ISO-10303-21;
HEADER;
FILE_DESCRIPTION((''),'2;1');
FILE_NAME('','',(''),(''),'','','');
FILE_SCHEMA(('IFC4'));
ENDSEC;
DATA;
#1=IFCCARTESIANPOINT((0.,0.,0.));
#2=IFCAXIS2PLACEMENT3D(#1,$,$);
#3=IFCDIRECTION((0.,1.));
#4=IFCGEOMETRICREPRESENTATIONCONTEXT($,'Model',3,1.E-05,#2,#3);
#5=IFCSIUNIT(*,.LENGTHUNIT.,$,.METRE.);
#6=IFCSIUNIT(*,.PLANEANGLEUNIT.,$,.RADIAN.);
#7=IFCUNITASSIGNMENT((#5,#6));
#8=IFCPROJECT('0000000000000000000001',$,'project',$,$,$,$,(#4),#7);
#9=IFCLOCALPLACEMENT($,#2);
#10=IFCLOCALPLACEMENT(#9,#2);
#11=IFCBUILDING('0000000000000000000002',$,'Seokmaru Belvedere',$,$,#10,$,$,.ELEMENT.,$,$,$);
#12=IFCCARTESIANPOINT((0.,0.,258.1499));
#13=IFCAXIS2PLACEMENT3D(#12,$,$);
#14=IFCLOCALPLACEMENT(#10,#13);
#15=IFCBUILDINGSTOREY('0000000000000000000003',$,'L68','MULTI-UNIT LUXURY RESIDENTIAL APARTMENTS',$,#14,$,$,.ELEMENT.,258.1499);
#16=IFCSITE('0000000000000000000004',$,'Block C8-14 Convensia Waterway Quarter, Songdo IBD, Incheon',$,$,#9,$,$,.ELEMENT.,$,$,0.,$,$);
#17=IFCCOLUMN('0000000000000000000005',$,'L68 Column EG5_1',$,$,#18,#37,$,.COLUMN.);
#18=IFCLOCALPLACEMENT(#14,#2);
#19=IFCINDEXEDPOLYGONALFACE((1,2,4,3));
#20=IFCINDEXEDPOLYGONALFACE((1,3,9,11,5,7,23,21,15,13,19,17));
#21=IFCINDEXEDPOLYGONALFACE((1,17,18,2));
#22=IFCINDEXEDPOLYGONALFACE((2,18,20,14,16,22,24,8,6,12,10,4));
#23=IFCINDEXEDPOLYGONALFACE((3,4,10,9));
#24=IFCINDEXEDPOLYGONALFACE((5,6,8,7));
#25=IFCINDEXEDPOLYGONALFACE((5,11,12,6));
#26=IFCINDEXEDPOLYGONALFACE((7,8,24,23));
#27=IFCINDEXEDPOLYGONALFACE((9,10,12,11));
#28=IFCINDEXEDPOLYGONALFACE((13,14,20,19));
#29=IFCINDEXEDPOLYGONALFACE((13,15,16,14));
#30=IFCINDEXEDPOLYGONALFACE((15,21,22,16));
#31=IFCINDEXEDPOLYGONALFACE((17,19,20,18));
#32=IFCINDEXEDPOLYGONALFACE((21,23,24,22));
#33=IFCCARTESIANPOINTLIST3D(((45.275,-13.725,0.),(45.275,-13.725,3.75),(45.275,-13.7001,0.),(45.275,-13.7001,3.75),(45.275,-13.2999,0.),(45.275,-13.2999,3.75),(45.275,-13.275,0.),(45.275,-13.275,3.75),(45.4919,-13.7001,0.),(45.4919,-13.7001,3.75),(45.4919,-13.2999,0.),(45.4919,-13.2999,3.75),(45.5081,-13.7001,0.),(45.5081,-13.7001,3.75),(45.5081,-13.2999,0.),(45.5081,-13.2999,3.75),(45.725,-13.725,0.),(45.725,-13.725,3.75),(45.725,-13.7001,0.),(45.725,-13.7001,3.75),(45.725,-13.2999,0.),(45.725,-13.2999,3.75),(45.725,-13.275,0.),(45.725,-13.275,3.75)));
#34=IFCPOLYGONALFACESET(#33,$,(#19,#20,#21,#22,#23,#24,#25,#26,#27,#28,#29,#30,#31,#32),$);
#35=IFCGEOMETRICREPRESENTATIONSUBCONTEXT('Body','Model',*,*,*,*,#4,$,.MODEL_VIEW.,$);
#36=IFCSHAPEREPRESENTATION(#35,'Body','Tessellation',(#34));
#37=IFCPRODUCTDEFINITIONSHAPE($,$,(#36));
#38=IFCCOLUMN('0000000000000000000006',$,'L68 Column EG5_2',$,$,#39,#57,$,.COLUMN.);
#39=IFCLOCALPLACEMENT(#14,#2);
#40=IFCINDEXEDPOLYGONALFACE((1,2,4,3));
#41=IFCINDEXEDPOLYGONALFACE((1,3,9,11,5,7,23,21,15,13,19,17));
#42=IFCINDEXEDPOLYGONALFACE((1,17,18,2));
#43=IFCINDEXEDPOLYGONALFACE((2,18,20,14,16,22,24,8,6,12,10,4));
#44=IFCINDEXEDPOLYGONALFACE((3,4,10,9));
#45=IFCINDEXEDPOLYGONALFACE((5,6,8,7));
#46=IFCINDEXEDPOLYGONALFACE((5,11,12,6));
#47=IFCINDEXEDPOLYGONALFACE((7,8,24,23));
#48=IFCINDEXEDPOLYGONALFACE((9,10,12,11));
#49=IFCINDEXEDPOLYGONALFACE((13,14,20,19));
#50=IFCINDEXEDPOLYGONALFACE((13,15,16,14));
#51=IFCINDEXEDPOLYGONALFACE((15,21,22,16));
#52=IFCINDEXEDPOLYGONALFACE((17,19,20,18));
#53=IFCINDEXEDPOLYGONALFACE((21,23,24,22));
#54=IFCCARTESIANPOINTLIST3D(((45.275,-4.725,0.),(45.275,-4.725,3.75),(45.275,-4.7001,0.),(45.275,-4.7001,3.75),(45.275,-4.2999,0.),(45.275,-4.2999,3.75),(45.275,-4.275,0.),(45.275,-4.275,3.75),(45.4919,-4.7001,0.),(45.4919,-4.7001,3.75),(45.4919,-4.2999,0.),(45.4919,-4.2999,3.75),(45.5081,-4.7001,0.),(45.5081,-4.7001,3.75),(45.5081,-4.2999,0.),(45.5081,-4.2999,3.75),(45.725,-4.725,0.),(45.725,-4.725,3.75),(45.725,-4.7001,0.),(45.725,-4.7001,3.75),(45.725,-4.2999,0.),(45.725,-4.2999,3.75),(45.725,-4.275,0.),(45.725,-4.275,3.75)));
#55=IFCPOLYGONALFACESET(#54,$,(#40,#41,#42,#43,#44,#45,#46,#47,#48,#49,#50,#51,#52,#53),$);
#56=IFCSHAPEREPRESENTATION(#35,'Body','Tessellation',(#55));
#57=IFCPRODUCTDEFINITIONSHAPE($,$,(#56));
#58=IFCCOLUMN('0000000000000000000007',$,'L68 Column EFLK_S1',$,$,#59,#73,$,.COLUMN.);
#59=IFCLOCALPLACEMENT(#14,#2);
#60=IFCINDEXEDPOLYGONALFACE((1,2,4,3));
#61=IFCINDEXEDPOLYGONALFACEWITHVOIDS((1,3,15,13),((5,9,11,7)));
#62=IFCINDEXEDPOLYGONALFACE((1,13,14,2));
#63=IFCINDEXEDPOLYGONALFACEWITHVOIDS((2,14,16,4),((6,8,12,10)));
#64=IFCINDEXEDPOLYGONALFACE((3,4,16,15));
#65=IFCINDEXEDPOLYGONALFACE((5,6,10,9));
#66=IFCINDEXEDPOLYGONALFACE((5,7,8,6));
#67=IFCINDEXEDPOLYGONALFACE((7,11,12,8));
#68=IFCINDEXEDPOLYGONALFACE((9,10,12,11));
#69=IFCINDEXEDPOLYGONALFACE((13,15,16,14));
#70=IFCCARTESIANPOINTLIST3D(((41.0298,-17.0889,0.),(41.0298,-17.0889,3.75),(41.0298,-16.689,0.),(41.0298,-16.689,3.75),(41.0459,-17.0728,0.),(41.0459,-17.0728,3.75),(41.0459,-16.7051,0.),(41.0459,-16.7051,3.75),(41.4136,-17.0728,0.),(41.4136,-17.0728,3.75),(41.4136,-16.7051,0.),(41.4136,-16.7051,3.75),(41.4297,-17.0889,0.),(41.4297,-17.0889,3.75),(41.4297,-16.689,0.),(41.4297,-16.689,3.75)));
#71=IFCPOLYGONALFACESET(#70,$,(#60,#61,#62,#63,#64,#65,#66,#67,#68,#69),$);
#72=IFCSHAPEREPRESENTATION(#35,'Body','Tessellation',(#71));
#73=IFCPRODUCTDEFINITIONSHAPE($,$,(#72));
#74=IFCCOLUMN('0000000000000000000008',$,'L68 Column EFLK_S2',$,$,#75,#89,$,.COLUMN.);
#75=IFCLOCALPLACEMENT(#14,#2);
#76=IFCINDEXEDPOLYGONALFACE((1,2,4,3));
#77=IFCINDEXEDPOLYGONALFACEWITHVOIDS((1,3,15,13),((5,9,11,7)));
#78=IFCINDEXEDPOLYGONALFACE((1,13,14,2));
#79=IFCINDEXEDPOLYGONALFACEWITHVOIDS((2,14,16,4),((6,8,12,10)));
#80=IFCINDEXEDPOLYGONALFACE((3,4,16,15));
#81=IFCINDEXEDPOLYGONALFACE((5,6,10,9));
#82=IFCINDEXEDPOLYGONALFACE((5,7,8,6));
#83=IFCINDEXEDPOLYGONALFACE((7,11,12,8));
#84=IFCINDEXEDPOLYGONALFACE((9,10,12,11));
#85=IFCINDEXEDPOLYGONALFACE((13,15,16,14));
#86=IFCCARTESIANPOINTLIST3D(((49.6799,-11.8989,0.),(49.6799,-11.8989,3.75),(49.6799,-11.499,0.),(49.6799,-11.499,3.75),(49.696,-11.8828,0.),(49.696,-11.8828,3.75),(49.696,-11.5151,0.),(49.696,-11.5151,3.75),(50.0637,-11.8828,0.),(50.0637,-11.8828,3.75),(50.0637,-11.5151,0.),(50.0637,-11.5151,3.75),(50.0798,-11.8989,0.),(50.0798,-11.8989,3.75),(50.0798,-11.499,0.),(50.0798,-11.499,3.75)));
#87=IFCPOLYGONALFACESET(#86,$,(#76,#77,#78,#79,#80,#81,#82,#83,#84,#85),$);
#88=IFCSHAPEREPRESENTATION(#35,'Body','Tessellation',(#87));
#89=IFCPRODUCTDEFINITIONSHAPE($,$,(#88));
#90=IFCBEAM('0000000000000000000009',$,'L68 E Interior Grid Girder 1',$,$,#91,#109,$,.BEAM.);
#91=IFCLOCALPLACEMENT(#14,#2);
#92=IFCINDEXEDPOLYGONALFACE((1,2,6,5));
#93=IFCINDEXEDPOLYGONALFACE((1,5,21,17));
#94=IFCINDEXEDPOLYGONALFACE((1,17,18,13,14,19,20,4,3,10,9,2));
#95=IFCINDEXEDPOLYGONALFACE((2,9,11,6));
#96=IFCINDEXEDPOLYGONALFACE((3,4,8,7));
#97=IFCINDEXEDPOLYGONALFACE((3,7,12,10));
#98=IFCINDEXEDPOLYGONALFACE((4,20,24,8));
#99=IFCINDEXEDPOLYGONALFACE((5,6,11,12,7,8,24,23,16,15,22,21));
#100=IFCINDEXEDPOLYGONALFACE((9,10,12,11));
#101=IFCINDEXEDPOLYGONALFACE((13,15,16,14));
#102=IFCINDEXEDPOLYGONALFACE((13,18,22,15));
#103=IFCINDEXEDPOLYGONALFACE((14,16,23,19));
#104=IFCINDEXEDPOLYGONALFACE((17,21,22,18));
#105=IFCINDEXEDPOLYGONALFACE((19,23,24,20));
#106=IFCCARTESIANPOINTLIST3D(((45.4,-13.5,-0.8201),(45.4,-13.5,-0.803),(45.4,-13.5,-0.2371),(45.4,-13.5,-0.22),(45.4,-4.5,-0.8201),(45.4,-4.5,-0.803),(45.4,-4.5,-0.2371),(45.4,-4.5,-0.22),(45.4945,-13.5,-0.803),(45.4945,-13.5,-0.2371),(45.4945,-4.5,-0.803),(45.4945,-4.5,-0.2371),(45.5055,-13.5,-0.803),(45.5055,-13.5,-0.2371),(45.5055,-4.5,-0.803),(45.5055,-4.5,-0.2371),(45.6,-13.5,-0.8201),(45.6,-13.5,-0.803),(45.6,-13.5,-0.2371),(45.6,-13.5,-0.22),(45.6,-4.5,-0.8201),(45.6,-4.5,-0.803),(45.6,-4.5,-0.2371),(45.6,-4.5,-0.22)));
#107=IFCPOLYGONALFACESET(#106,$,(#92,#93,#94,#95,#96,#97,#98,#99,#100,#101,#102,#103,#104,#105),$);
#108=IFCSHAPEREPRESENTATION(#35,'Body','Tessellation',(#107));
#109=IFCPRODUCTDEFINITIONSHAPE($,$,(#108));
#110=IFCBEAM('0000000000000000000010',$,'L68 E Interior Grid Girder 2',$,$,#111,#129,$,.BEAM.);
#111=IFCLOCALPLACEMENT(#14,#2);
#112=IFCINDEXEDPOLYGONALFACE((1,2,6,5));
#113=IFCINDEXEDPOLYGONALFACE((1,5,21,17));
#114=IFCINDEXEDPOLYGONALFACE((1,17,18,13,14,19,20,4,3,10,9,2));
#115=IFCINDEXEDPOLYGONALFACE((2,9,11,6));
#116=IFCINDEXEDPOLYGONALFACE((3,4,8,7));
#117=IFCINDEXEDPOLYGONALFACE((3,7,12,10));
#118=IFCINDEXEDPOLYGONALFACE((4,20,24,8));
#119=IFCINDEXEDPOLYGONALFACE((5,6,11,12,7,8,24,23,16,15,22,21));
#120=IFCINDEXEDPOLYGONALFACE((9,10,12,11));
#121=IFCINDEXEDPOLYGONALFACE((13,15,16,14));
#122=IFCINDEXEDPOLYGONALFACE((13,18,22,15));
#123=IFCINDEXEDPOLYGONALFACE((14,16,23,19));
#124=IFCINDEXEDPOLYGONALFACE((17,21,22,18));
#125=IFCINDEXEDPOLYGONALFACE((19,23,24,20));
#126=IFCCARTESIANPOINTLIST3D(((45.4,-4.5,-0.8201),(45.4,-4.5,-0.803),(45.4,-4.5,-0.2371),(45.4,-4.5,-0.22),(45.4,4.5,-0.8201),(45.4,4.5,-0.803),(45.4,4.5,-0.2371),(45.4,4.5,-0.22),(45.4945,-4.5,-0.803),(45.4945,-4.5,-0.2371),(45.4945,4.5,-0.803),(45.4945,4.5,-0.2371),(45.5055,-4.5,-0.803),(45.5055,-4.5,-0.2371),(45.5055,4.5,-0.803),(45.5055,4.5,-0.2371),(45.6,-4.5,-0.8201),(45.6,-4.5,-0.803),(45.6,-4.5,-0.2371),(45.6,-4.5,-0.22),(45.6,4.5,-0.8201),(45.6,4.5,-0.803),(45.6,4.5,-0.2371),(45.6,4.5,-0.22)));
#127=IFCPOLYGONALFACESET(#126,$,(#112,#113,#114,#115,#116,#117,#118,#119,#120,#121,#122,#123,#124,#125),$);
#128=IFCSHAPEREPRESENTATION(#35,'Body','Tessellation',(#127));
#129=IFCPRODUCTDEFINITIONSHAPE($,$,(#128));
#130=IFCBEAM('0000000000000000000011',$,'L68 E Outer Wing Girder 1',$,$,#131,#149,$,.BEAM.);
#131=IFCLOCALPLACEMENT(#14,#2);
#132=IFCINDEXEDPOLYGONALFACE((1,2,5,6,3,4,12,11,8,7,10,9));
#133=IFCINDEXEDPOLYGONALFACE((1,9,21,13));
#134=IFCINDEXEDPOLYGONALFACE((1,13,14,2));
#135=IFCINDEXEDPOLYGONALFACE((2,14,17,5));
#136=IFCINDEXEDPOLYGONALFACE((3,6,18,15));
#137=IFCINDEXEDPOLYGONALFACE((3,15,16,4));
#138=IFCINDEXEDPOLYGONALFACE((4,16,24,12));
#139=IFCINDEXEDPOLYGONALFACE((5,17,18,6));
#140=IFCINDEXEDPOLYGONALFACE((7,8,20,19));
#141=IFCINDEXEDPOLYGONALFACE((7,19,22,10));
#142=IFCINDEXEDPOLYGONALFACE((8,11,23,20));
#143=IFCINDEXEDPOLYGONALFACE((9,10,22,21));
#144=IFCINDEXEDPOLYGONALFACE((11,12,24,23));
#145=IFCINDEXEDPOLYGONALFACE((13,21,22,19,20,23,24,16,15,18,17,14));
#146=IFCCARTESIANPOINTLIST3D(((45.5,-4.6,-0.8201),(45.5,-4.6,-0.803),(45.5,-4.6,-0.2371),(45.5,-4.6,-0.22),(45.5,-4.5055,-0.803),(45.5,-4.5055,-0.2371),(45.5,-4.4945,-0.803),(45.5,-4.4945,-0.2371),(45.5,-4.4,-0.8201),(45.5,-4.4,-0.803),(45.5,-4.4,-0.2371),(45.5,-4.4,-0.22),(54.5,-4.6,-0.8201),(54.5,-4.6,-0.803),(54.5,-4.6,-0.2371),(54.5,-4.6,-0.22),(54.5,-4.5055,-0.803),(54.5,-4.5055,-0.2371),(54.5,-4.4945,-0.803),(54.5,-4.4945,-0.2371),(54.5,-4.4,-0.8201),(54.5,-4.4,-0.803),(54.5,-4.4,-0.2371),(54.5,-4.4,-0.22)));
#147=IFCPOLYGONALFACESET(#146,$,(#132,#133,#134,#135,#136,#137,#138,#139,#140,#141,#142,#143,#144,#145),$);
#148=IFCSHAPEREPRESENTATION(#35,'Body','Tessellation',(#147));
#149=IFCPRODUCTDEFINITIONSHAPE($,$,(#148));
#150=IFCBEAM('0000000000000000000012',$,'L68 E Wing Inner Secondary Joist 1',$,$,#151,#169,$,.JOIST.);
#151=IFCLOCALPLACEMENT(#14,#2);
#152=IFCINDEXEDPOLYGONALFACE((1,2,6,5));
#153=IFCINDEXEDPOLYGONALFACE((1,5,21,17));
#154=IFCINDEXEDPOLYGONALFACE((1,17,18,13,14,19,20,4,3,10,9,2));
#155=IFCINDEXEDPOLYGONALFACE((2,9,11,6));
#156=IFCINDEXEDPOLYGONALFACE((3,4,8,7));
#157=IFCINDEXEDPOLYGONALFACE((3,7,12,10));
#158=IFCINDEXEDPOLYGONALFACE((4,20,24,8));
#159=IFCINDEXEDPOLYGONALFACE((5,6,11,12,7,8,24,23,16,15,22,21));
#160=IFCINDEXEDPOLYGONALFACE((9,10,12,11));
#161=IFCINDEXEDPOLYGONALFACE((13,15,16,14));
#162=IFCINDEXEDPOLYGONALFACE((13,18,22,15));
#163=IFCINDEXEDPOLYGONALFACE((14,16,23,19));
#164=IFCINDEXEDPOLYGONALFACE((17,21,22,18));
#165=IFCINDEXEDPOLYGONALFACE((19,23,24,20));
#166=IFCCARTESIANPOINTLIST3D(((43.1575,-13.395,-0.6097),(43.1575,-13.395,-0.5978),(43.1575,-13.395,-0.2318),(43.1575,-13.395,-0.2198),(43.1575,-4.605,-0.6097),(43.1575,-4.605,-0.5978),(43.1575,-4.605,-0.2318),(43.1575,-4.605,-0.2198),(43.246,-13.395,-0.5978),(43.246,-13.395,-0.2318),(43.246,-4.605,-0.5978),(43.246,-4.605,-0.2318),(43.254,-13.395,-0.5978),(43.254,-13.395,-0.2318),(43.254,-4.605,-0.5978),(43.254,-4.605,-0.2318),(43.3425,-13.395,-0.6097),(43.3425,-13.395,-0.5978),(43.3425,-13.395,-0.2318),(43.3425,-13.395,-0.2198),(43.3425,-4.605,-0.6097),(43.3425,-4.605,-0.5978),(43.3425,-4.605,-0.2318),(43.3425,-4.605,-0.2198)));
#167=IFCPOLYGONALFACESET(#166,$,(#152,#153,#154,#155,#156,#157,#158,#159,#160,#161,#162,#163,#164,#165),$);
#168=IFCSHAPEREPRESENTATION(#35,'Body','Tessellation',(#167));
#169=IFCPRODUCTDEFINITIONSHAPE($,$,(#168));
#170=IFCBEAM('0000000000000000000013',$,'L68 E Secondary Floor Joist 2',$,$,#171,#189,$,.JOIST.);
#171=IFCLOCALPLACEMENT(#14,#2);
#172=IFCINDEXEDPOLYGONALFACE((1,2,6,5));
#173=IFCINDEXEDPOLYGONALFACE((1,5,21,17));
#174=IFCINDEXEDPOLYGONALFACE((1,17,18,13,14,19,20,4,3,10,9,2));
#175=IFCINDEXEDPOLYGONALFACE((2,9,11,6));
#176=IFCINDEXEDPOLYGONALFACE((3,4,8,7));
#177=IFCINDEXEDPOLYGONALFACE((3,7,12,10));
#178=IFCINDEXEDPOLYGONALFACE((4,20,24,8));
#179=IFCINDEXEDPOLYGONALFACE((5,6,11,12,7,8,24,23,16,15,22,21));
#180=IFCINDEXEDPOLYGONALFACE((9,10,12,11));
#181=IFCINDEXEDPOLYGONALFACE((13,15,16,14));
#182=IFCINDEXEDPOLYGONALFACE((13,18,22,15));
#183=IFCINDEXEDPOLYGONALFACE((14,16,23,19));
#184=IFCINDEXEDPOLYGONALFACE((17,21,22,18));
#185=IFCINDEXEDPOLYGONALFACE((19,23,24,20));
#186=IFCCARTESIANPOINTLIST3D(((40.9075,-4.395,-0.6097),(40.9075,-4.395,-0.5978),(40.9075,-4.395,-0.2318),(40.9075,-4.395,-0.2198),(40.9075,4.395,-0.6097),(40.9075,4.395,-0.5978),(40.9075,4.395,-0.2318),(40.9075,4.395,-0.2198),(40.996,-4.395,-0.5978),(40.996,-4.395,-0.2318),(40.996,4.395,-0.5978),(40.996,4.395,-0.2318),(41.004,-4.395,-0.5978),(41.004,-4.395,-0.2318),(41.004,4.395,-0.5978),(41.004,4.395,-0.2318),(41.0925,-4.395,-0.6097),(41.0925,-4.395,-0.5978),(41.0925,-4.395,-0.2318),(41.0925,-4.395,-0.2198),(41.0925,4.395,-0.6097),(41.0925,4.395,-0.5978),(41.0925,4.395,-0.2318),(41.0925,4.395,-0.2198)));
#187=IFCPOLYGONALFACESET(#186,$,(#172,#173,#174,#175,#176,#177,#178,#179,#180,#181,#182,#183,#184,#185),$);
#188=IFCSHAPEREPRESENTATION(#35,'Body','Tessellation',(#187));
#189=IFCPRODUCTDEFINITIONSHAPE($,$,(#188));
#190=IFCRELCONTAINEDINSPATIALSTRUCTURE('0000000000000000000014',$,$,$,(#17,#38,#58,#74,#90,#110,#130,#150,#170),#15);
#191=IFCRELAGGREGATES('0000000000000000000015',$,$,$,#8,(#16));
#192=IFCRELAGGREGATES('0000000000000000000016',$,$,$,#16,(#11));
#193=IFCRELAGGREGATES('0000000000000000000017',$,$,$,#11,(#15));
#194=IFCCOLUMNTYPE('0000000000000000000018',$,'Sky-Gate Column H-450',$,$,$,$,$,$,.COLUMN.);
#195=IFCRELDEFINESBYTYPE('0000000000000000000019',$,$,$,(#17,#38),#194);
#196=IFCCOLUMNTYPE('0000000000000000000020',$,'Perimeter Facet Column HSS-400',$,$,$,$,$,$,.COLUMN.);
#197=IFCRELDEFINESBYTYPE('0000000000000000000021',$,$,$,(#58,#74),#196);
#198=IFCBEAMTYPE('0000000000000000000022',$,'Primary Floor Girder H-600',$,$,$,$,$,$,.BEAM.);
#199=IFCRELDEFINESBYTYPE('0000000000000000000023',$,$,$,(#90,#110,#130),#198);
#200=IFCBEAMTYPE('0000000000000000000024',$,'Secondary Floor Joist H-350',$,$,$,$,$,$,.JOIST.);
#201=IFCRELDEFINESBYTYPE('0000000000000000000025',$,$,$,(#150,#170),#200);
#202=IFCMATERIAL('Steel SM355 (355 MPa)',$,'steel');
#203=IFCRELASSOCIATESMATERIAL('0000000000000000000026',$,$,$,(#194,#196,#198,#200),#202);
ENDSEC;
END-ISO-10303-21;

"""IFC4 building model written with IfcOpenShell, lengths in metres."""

from ifc_helpers import new_model, si_unit, direction, frame, origin, origin_2d, place, context, subcontext, project, spatial, hollow_rectangle, i_section, extrude, source, transform, mapped, material, material_profile, profile_set, type_object, type_shapes, element, save


model = new_model("IFC4")

# Units and contexts
model_context = context("Model", 3, precision=1e-05, world=origin(), true_north=direction((0.0, 1.0)))
body_context = subcontext(model_context, "Body", "Model", "MODEL_VIEW")
ifc_project = project(units=[si_unit("LENGTHUNIT", "METRE"), si_unit("PLANEANGLEUNIT", "RADIAN")], contexts=[model_context])

# Site, building, storey
site_placement = place(None, origin())
site = spatial("IfcSite", under=ifc_project, at=site_placement, Name="Block C8-14 Convensia Waterway Quarter, Songdo IBD, Incheon", CompositionType="ELEMENT", RefElevation=0.0)
building_placement = place(site_placement, origin())
building = spatial("IfcBuilding", under=site, at=building_placement, Name="Seokmaru Belvedere", CompositionType="ELEMENT")
storey_placement = place(building_placement, frame((0.0, 0.0, 258.1499)))
storey = spatial("IfcBuildingStorey", under=building, at=storey_placement, Name="L68", Description="MULTI-UNIT LUXURY RESIDENTIAL APARTMENTS", CompositionType="ELEMENT", Elevation=258.1499)

# Columns
ifc_material_1 = material(Name="Steel SM355 (355 MPa)", Category="steel")
ifc_material_profile_1 = material_profile(ifc_material_1, i_section(OverallWidth=0.45, OverallDepth=0.45, WebThickness=0.0161, FlangeThickness=0.0249, at=origin_2d()), Name="H-450x450x16x25")
ifc_profile_set_1 = profile_set([ifc_material_profile_1], Name="Steel SM355 (355 MPa)")
column_type_1 = type_object("IfcColumnType", Name="Sky-Gate Column H-450", PredefinedType="COLUMN", material=ifc_profile_set_1)
shared_shape_1 = source(origin(), body_context, "Body", "SweptSolid", [
    extrude(i_section(OverallWidth=0.45, OverallDepth=0.45, WebThickness=0.0161, FlangeThickness=0.0249, at=origin_2d()), origin(), (0.0, 0.0, 1.0), 3.75),
])
type_shapes(column_type_1, [shared_shape_1])
for number, where, z_axis, x_axis, name in (
    (1, (45.5, -13.5, 0.0), (0.0, 0.0, 1.0), (1.0, 0.0, 0.0), "L68 Column EG5_1"),
    (2, (45.5, -4.5, 0.0), (0.0, 0.0, 1.0), (1.0, 0.0, 0.0), "L68 Column EG5_2"),
):
    element("IfcColumn", number, at=place(storey_placement, frame(where, z_axis=z_axis, x_axis=x_axis)), inside=storey, type_object=column_type_1, Name=name, PredefinedType="COLUMN", context=body_context, shape_type="MappedRepresentation", body=[
        mapped(shared_shape_1, transform((0.0, 0.0, 0.0), scale=1.0)),
    ])
ifc_material_profile_2 = material_profile(ifc_material_1, hollow_rectangle(XDim=0.3999, YDim=0.3999, WallThickness=0.0161, at=origin_2d()), Name="HSS-400x400x16")
ifc_profile_set_2 = profile_set([ifc_material_profile_2], Name="Steel SM355 (355 MPa)")
column_type_2 = type_object("IfcColumnType", Name="Perimeter Facet Column HSS-400", PredefinedType="COLUMN", material=ifc_profile_set_2)
shared_shape_2 = source(origin(), body_context, "Body", "SweptSolid", [
    extrude(hollow_rectangle(XDim=0.3999, YDim=0.3999, WallThickness=0.0161, at=origin_2d()), origin(), (0.0, 0.0, 1.0), 3.75),
])
type_shapes(column_type_2, [shared_shape_2])
for number, where, z_axis, x_axis, name in (
    (3, (41.2297, -16.8889, 0.0), (0.0, 0.0, 1.0), (1.0, 0.0, 0.0), "L68 Column EFLK_S1"),
    (4, (49.8799, -11.699, 0.0), (0.0, 0.0, 1.0), (1.0, 0.0, 0.0), "L68 Column EFLK_S2"),
):
    element("IfcColumn", number, at=place(storey_placement, frame(where, z_axis=z_axis, x_axis=x_axis)), inside=storey, type_object=column_type_2, Name=name, PredefinedType="COLUMN", context=body_context, shape_type="MappedRepresentation", body=[
        mapped(shared_shape_2, transform((0.0, 0.0, 0.0), scale=1.0)),
    ])

# Beams
ifc_material_profile_3 = material_profile(ifc_material_1, i_section(OverallWidth=0.2, OverallDepth=0.6001, WebThickness=0.011, FlangeThickness=0.0171, at=origin_2d()), Name="H-600x200x11x17")
ifc_profile_set_3 = profile_set([ifc_material_profile_3], Name="Steel SM355 (355 MPa)")
beam_type_1 = type_object("IfcBeamType", Name="Primary Floor Girder H-600", PredefinedType="BEAM", material=ifc_profile_set_3)
shared_shape_3 = source(origin(), body_context, "Body", "SweptSolid", [
    extrude(i_section(OverallWidth=0.2, OverallDepth=0.6001, WebThickness=0.011, FlangeThickness=0.0171, at=origin_2d()), origin(), (0.0, 0.0, 1.0), 9.0),
])
for number, where, z_axis, x_axis, name in (
    (5, (45.5, -13.5, -0.52), (0.0, 1.0, 0.0), (-1.0, 0.0, 0.0), "L68 E Interior Grid Girder 1"),
    (6, (45.5, -4.5, -0.52), (0.0, 1.0, 0.0), (-1.0, 0.0, 0.0), "L68 E Interior Grid Girder 2"),
    (7, (45.5, -4.5, -0.52), (1.0, 0.0, 0.0), (0.0, 1.0, 0.0), "L68 E Outer Wing Girder 1"),
):
    element("IfcBeam", number, at=place(storey_placement, frame(where, z_axis=z_axis, x_axis=x_axis)), inside=storey, type_object=beam_type_1, Name=name, PredefinedType="BEAM", context=body_context, shape_type="MappedRepresentation", body=[
        mapped(shared_shape_3, transform((0.0, 0.0, 0.0), scale=1.0)),
    ])
ifc_material_profile_4 = material_profile(ifc_material_1, i_section(OverallWidth=0.1851, OverallDepth=0.3899, WebThickness=0.0081, FlangeThickness=0.012, at=origin_2d()), Name="H-390x185x8x12")
ifc_profile_set_4 = profile_set([ifc_material_profile_4], Name="Steel SM355 (355 MPa)")
beam_type_2 = type_object("IfcBeamType", Name="Secondary Floor Joist H-350", PredefinedType="JOIST", material=ifc_profile_set_4)
shared_shape_4 = source(origin(), body_context, "Body", "SweptSolid", [
    extrude(i_section(OverallWidth=0.1851, OverallDepth=0.3899, WebThickness=0.0081, FlangeThickness=0.012, at=origin_2d()), origin(), (0.0, 0.0, 1.0), 8.79),
])
type_shapes(beam_type_2, [shared_shape_4])
for number, where, z_axis, x_axis, name in (
    (8, (43.25, -13.395, -0.4148), (0.0, 1.0, 0.0), (-1.0, 0.0, 0.0), "L68 E Wing Inner Secondary Joist 1"),
    (9, (41.0, -4.395, -0.4148), (0.0, 1.0, 0.0), (-1.0, 0.0, 0.0), "L68 E Secondary Floor Joist 2"),
):
    element("IfcBeam", number, at=place(storey_placement, frame(where, z_axis=z_axis, x_axis=x_axis)), inside=storey, type_object=beam_type_2, Name=name, PredefinedType="JOIST", context=body_context, shape_type="MappedRepresentation", body=[
        mapped(shared_shape_4, transform((0.0, 0.0, 0.0), scale=1.0)),
    ])

save(model, "model.ifc")
